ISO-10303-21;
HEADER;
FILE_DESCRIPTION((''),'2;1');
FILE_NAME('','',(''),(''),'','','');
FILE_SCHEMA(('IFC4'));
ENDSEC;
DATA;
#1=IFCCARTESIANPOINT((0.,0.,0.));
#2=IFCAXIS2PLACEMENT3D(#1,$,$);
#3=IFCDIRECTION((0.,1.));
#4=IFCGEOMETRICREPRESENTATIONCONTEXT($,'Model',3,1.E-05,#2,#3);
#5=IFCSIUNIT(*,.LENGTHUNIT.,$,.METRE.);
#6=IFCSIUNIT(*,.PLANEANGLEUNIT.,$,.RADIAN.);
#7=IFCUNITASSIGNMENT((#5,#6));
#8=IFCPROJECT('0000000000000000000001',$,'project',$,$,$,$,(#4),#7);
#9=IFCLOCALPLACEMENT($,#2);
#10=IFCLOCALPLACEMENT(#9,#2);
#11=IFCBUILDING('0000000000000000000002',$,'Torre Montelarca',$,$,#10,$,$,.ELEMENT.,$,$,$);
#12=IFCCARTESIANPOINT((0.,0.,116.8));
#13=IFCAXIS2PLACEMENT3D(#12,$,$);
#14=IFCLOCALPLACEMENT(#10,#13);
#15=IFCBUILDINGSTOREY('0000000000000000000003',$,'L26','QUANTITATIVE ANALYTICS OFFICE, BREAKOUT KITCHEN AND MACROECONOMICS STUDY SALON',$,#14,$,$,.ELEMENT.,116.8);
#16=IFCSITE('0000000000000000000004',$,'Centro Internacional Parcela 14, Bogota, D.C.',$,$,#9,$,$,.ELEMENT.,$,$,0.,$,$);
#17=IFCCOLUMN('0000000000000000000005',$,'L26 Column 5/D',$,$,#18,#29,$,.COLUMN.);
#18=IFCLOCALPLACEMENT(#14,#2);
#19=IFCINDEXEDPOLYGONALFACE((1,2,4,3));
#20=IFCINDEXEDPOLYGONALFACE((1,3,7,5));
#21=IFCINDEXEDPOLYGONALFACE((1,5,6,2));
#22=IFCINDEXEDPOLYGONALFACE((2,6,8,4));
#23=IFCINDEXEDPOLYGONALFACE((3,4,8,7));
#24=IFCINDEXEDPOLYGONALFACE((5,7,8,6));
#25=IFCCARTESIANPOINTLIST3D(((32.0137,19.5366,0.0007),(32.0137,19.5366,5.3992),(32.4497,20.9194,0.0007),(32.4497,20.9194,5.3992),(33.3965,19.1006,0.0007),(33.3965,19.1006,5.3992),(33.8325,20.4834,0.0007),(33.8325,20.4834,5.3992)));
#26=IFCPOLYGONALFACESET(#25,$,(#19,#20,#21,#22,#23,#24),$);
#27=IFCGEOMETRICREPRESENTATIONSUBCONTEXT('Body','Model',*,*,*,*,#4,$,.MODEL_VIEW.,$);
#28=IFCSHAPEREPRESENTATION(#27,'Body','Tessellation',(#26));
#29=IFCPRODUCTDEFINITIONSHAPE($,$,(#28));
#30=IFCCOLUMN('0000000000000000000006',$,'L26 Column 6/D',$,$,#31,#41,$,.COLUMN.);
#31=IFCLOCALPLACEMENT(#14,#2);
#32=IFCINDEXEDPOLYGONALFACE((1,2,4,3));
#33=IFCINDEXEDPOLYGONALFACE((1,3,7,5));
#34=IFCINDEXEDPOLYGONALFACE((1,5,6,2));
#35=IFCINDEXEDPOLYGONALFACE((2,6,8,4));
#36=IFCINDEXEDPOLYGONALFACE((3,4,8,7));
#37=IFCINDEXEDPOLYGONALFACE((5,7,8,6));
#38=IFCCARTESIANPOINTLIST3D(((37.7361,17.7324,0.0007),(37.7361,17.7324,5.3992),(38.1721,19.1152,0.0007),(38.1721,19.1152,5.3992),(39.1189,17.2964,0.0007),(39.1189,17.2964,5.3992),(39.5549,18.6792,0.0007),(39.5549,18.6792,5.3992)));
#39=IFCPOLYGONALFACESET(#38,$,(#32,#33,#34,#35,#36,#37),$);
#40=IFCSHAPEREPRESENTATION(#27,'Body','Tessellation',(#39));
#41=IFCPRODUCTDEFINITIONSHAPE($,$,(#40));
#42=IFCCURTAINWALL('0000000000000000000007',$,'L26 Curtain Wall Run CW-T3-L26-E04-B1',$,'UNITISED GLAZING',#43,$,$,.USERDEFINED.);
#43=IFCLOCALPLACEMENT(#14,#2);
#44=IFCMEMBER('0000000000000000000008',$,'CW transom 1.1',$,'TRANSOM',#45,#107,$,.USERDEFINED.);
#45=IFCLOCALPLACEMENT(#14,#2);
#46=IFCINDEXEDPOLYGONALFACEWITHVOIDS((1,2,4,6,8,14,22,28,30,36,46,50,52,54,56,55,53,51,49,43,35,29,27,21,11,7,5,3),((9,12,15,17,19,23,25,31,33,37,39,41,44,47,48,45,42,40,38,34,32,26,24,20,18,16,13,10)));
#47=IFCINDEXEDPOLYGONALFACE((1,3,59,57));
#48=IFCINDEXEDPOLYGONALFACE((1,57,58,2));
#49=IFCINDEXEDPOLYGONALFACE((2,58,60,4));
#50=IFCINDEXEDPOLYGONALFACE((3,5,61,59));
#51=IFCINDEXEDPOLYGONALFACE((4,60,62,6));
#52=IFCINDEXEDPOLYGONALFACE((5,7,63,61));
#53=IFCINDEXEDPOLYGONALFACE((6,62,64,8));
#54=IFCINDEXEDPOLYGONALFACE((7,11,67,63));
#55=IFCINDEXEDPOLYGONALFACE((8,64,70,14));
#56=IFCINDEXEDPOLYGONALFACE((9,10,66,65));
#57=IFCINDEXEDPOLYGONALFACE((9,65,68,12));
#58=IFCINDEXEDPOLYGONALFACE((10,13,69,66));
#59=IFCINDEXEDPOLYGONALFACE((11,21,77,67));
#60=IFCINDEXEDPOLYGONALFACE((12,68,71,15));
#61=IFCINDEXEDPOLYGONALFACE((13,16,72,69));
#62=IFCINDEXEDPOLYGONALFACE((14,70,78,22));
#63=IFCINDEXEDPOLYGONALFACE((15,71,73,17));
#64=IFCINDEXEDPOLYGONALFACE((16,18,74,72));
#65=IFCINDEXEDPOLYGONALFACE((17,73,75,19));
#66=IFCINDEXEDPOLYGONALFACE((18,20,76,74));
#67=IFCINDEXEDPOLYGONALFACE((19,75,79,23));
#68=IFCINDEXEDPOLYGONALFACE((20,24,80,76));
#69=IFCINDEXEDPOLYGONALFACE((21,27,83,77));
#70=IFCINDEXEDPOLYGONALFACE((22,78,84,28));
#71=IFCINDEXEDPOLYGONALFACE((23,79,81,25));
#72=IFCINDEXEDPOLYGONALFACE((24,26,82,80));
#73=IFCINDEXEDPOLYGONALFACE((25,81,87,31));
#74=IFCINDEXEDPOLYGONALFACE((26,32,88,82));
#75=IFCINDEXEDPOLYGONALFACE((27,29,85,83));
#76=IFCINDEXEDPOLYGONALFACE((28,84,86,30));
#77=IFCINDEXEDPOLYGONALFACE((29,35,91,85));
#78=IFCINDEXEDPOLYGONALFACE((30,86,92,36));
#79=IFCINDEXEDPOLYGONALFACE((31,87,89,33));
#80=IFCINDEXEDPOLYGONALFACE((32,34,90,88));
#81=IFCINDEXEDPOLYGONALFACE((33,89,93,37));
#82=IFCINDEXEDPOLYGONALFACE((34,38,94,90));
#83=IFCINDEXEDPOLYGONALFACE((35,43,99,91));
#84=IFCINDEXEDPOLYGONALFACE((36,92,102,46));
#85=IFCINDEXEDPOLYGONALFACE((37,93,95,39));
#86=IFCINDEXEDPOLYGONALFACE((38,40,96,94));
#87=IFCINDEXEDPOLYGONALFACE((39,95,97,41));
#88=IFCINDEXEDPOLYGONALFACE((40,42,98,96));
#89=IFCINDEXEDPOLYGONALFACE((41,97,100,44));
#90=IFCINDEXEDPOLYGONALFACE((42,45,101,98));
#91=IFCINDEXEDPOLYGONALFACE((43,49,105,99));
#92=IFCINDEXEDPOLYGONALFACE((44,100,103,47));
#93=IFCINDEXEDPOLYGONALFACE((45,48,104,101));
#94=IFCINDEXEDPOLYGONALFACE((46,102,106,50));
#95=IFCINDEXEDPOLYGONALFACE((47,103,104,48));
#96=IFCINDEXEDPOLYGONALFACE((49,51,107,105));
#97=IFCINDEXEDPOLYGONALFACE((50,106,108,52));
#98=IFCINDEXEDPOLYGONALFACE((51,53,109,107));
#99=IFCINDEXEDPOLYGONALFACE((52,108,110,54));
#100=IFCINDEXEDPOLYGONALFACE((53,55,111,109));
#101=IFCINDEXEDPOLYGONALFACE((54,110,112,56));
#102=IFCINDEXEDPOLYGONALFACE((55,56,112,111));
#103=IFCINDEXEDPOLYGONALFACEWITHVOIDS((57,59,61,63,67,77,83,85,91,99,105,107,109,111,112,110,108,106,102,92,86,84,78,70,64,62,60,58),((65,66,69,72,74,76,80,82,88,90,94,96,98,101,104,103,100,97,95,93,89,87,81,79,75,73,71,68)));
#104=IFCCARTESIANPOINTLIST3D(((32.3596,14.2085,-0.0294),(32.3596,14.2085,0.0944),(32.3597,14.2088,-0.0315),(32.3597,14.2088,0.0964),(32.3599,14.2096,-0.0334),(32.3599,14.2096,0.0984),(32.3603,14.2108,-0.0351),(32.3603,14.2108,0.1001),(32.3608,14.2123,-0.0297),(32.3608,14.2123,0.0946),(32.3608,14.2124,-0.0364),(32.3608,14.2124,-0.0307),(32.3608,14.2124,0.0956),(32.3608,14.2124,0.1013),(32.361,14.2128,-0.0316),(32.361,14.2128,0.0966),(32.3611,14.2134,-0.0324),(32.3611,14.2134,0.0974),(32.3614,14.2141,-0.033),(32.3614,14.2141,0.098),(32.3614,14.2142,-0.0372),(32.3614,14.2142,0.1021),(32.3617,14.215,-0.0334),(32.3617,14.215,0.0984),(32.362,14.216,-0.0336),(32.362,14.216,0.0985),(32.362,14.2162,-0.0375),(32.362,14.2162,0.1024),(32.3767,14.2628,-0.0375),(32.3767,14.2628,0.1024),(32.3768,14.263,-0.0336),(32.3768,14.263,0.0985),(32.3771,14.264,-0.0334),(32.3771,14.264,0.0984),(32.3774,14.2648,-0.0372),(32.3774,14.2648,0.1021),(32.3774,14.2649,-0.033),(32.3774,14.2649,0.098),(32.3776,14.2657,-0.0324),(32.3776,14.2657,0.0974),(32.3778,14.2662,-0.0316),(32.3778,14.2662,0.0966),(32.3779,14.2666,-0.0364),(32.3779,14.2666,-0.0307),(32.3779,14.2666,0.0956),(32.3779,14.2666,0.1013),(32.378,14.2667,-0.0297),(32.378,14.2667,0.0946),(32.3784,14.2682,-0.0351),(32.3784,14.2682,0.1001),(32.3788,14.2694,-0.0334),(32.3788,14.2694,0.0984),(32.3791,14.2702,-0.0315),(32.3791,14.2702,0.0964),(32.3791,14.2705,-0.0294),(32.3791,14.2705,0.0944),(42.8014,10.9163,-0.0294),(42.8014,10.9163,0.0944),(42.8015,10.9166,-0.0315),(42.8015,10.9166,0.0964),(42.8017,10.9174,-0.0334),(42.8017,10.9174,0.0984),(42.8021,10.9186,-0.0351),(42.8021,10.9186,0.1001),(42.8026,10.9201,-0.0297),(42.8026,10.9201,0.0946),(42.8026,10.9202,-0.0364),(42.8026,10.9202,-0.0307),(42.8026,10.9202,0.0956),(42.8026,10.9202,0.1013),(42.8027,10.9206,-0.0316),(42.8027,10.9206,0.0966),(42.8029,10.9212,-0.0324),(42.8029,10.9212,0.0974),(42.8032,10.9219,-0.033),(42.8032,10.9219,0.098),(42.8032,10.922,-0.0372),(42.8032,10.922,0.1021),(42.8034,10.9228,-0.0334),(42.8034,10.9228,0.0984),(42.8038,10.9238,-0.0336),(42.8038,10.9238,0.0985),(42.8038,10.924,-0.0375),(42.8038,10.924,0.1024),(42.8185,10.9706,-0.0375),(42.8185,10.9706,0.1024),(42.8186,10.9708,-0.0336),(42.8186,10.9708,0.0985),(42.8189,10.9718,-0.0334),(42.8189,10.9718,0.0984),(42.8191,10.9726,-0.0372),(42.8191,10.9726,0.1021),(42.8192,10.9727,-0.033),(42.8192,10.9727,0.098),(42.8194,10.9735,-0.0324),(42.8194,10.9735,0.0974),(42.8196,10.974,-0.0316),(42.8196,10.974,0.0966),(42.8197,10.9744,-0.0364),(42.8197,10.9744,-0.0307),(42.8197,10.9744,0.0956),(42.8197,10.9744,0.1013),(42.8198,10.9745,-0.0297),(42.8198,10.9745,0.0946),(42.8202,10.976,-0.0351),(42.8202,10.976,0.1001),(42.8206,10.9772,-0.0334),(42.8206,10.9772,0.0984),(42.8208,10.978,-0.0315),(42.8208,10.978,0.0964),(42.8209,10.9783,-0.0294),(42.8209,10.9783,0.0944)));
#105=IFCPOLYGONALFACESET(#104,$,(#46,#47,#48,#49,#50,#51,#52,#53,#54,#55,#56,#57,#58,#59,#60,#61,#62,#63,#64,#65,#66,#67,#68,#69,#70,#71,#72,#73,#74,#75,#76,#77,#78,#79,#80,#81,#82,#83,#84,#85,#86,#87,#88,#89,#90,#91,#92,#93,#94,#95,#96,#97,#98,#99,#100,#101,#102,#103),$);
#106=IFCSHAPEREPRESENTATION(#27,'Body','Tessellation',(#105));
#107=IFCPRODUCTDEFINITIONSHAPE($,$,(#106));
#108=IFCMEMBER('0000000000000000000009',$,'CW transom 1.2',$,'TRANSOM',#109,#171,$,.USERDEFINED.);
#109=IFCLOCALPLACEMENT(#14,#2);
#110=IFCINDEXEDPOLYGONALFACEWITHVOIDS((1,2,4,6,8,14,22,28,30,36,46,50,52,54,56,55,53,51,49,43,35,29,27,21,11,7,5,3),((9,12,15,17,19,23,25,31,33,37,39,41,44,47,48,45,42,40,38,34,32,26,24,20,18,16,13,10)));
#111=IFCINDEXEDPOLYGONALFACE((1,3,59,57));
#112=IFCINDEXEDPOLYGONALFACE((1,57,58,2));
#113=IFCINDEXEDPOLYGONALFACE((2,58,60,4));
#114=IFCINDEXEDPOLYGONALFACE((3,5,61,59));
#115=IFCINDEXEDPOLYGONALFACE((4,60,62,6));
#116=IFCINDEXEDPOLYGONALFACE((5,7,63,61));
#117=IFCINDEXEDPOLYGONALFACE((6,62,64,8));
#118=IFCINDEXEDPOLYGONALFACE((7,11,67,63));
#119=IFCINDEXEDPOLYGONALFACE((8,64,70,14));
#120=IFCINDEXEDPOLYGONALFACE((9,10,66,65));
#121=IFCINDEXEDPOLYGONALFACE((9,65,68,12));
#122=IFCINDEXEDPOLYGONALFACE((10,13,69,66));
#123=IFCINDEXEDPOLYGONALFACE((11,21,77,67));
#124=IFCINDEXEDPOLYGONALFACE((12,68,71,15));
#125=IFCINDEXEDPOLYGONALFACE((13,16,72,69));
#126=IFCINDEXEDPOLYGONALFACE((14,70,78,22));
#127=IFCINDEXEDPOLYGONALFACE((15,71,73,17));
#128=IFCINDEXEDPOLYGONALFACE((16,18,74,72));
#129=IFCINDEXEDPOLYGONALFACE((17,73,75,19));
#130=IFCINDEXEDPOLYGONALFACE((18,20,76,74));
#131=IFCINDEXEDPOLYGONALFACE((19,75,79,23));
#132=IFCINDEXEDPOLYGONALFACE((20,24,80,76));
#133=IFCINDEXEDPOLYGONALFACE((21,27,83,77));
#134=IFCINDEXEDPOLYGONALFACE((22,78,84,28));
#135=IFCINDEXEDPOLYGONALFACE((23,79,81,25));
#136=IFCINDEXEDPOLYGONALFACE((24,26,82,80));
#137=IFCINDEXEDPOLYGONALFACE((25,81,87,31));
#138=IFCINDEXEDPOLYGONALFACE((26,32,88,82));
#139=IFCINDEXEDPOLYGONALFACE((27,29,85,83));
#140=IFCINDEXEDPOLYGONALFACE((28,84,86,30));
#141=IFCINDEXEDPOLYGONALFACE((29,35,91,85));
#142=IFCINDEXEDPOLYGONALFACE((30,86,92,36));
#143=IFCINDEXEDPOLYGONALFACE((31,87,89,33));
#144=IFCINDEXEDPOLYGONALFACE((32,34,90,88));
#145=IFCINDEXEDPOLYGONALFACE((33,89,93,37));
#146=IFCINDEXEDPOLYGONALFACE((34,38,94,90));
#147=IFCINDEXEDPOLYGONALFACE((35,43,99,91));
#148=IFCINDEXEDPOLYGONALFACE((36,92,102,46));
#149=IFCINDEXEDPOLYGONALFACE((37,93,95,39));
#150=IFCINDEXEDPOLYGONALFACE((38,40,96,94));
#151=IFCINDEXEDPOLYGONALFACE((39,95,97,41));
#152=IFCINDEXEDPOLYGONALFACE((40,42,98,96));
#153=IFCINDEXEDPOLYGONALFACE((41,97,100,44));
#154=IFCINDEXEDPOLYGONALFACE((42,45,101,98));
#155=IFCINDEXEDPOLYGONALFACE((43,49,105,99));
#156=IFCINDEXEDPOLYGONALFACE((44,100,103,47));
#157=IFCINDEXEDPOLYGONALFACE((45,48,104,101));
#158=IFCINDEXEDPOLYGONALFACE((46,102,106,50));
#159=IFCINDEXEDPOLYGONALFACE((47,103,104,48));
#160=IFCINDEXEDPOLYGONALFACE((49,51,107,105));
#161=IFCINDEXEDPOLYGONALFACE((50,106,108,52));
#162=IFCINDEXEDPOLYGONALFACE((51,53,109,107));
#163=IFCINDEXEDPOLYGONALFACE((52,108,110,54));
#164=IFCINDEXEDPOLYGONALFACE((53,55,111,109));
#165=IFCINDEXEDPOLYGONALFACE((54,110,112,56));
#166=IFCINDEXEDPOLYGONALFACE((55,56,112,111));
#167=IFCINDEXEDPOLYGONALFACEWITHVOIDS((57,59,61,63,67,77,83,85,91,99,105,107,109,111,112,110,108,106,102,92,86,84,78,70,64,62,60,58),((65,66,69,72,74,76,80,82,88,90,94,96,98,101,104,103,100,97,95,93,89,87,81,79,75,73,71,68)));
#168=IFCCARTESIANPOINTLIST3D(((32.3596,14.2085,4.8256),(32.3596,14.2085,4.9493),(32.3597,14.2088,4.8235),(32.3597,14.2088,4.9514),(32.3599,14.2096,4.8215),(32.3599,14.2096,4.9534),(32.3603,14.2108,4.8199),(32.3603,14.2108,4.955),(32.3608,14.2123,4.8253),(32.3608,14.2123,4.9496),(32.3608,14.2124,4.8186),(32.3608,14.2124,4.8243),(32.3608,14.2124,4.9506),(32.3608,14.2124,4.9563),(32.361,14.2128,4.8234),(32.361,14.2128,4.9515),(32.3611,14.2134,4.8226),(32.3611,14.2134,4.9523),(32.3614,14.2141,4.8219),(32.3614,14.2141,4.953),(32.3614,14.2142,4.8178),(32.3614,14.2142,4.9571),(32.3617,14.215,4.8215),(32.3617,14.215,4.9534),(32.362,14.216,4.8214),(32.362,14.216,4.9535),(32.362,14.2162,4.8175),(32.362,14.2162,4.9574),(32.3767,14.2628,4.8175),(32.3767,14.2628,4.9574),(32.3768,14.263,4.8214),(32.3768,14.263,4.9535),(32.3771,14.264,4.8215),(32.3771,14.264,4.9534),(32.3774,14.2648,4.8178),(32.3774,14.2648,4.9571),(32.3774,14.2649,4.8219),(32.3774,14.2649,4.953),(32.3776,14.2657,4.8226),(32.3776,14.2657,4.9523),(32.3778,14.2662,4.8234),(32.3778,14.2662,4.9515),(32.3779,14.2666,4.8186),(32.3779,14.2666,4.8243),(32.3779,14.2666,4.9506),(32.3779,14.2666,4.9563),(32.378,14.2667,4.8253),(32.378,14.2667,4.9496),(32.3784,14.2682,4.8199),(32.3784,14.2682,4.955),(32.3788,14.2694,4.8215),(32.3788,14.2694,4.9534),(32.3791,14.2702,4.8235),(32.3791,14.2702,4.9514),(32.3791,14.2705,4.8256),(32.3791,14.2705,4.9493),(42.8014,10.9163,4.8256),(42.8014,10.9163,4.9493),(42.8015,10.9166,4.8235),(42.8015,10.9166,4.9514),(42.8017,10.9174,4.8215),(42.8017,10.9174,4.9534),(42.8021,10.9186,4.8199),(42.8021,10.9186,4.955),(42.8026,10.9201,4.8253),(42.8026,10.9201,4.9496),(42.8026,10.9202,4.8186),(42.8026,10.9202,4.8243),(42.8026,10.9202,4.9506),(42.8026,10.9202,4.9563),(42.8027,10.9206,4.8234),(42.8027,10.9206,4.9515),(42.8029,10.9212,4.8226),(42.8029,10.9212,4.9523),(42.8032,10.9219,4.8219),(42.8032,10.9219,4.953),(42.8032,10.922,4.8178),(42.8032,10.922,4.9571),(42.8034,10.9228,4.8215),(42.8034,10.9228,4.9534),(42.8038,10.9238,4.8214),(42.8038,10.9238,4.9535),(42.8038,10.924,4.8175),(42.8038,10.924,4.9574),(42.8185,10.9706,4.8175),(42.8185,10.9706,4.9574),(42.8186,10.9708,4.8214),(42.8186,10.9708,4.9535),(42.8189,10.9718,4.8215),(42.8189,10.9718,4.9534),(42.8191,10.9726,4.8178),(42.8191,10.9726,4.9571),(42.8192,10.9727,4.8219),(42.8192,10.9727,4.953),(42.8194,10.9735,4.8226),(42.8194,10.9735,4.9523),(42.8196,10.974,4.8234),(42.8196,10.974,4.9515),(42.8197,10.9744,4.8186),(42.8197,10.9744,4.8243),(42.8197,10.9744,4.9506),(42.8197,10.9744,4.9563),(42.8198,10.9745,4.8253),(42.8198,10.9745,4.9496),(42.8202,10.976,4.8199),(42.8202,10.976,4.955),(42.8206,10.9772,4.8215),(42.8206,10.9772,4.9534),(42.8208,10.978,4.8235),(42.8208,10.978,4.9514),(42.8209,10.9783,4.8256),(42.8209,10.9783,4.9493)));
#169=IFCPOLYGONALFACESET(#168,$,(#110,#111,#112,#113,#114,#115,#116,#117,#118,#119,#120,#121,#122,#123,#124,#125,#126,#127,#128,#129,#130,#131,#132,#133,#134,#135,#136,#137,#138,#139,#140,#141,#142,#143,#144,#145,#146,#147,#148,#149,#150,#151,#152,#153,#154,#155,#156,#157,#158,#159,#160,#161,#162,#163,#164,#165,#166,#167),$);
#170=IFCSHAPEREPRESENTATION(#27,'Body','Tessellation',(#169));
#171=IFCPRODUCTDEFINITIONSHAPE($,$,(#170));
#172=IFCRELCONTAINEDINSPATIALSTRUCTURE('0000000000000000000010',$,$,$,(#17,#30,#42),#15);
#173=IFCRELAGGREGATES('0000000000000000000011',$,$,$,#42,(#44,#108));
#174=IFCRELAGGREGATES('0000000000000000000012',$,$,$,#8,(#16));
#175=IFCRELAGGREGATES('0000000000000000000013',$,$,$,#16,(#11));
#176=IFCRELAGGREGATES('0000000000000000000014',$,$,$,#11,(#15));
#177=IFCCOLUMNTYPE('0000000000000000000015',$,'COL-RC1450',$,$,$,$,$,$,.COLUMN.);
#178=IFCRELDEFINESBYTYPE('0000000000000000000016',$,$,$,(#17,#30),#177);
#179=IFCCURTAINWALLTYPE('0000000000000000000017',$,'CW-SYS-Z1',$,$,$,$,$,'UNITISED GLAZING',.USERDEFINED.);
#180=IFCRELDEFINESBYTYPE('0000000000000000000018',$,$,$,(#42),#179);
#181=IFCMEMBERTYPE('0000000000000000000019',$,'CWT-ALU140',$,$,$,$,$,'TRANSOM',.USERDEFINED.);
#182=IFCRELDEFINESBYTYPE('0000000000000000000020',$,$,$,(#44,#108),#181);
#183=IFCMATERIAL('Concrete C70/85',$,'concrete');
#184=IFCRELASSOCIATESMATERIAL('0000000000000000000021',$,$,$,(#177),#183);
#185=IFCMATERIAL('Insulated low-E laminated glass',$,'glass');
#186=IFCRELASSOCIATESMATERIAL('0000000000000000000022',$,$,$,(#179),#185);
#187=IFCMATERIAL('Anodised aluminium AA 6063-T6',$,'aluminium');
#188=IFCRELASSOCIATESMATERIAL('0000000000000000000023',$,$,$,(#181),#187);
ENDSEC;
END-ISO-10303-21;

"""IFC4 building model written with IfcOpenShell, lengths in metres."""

from ifc_helpers import new_model, si_unit, direction, frame, origin, origin_2d, place, context, subcontext, project, spatial, rectangle, hollow_rectangle, extrude, source, transform, mapped, material, material_profile, profile_set, type_object, element, aggregate, save


model = new_model("IFC4")

# Units and contexts
model_context = context("Model", 3, precision=1e-05, world=origin(), true_north=direction((0.0, 1.0)))
body_context = subcontext(model_context, "Body", "Model", "MODEL_VIEW")
ifc_project = project(units=[si_unit("LENGTHUNIT", "METRE"), si_unit("PLANEANGLEUNIT", "RADIAN")], contexts=[model_context])

# Site, building, storey
site_placement = place(None, origin())
site = spatial("IfcSite", under=ifc_project, at=site_placement, Name="Centro Internacional Parcela 14, Bogota, D.C.", CompositionType="ELEMENT", RefElevation=0.0)
building_placement = place(site_placement, origin())
building = spatial("IfcBuilding", under=site, at=building_placement, Name="Torre Montelarca", CompositionType="ELEMENT")
storey_placement = place(building_placement, frame((0.0, 0.0, 116.8)))
storey = spatial("IfcBuildingStorey", under=building, at=storey_placement, Name="L26", Description="QUANTITATIVE ANALYTICS OFFICE, BREAKOUT KITCHEN AND MACROECONOMICS STUDY SALON", CompositionType="ELEMENT", Elevation=116.8)

# Columns
ifc_material_1 = material(Name="Concrete C70/85", Category="concrete")
ifc_material_profile_1 = material_profile(ifc_material_1, rectangle(XDim=1.45, YDim=1.45, at=origin_2d()), Name="RC1450X1450", Category="concrete")
ifc_profile_set_1 = profile_set([ifc_material_profile_1], Name="Concrete C70/85")
column_type = type_object("IfcColumnType", Name="COL-RC1450", PredefinedType="COLUMN", material=ifc_profile_set_1)
shared_shape_1 = source(origin(), body_context, "Body", "SweptSolid", [
    extrude(rectangle(XDim=1.45, YDim=1.45, at=origin_2d()), origin(), (0.0, 0.0, 1.0), 5.3984),
])
for number, where, z_axis, x_axis, name in (
    (1, (32.9231, 20.01, 0.0007), (0.0, 0.0, 1.0), (-0.953717, 0.300706, 0.0), "L26 Column 5/D"),
    (2, (38.6455, 18.2058, 0.0007), (0.0, 0.0, 1.0), (-0.953717, 0.300706, 0.0), "L26 Column 6/D"),
):
    element("IfcColumn", number, at=place(storey_placement, frame(where, z_axis=z_axis, x_axis=x_axis)), inside=storey, type_object=column_type, Name=name, PredefinedType="COLUMN", context=body_context, shape_type="MappedRepresentation", body=[
        mapped(shared_shape_1, transform((0.0, 0.0, 0.0), scale=1.0)),
    ])

# Curtain wall, members
ifc_material_2 = material(Name="Insulated low-E laminated glass", Category="glass")
curtain_wall_type = type_object("IfcCurtainWallType", Name="CW-SYS-Z1", ElementType="UNITISED GLAZING", PredefinedType="USERDEFINED", material=ifc_material_2)
curtain_wall_1_placement = place(storey_placement, origin())
curtain_wall_1 = element("IfcCurtainWall", 3, at=curtain_wall_1_placement, inside=storey, type_object=curtain_wall_type, Name="L26 Curtain Wall Run CW-T3-L26-E04-B1", ObjectType="UNITISED GLAZING", PredefinedType="USERDEFINED")
ifc_material_3 = material(Name="Anodised aluminium AA 6063-T6", Category="aluminium")
ifc_material_profile_2 = material_profile(ifc_material_3, hollow_rectangle(XDim=0.0649, YDim=0.1399, WallThickness=0.0039, InnerFilletRadius=0.0039, OuterFilletRadius=0.0081, at=origin_2d()), Name="ALU65X140X4", Category="aluminium")
ifc_profile_set_2 = profile_set([ifc_material_profile_2], Name="Anodised aluminium AA 6063-T6")
member_type_1 = type_object("IfcMemberType", Name="CWT-ALU140", ElementType="TRANSOM", PredefinedType="USERDEFINED", material=ifc_profile_set_2)
shared_shape_2 = source(origin(), body_context, "Body", "SweptSolid", [
    extrude(hollow_rectangle(XDim=0.0649, YDim=0.1399, WallThickness=0.0039, InnerFilletRadius=0.0039, OuterFilletRadius=0.0081, at=origin_2d()), origin(), (0.0, 0.0, 1.0), 10.9485),
])
member_1_placement = place(storey_placement, frame((32.3694, 14.2395, 0.0325), z_axis=(0.953719, -0.300699, 0.0), x_axis=(0.300699, 0.953719, 0.0)))
member_1 = element("IfcMember", 4, at=member_1_placement, type_object=member_type_1, Name="CW transom 1.1", ObjectType="TRANSOM", PredefinedType="USERDEFINED", context=body_context, shape_type="MappedRepresentation", body=[
    mapped(shared_shape_2, transform((0.0, 0.0, 0.0), scale=1.0)),
])
member_2_placement = place(storey_placement, frame((32.3694, 14.2395, 4.8875), z_axis=(0.953719, -0.300699, 0.0), x_axis=(0.300699, 0.953719, 0.0)))
member_2 = element("IfcMember", 5, at=member_2_placement, type_object=member_type_1, Name="CW transom 1.2", ObjectType="TRANSOM", PredefinedType="USERDEFINED", context=body_context, shape_type="MappedRepresentation", body=[
    mapped(shared_shape_2, transform((0.0, 0.0, 0.0), scale=1.0)),
])

aggregate(curtain_wall_1, [member_1, member_2])

save(model, "model.ifc")
